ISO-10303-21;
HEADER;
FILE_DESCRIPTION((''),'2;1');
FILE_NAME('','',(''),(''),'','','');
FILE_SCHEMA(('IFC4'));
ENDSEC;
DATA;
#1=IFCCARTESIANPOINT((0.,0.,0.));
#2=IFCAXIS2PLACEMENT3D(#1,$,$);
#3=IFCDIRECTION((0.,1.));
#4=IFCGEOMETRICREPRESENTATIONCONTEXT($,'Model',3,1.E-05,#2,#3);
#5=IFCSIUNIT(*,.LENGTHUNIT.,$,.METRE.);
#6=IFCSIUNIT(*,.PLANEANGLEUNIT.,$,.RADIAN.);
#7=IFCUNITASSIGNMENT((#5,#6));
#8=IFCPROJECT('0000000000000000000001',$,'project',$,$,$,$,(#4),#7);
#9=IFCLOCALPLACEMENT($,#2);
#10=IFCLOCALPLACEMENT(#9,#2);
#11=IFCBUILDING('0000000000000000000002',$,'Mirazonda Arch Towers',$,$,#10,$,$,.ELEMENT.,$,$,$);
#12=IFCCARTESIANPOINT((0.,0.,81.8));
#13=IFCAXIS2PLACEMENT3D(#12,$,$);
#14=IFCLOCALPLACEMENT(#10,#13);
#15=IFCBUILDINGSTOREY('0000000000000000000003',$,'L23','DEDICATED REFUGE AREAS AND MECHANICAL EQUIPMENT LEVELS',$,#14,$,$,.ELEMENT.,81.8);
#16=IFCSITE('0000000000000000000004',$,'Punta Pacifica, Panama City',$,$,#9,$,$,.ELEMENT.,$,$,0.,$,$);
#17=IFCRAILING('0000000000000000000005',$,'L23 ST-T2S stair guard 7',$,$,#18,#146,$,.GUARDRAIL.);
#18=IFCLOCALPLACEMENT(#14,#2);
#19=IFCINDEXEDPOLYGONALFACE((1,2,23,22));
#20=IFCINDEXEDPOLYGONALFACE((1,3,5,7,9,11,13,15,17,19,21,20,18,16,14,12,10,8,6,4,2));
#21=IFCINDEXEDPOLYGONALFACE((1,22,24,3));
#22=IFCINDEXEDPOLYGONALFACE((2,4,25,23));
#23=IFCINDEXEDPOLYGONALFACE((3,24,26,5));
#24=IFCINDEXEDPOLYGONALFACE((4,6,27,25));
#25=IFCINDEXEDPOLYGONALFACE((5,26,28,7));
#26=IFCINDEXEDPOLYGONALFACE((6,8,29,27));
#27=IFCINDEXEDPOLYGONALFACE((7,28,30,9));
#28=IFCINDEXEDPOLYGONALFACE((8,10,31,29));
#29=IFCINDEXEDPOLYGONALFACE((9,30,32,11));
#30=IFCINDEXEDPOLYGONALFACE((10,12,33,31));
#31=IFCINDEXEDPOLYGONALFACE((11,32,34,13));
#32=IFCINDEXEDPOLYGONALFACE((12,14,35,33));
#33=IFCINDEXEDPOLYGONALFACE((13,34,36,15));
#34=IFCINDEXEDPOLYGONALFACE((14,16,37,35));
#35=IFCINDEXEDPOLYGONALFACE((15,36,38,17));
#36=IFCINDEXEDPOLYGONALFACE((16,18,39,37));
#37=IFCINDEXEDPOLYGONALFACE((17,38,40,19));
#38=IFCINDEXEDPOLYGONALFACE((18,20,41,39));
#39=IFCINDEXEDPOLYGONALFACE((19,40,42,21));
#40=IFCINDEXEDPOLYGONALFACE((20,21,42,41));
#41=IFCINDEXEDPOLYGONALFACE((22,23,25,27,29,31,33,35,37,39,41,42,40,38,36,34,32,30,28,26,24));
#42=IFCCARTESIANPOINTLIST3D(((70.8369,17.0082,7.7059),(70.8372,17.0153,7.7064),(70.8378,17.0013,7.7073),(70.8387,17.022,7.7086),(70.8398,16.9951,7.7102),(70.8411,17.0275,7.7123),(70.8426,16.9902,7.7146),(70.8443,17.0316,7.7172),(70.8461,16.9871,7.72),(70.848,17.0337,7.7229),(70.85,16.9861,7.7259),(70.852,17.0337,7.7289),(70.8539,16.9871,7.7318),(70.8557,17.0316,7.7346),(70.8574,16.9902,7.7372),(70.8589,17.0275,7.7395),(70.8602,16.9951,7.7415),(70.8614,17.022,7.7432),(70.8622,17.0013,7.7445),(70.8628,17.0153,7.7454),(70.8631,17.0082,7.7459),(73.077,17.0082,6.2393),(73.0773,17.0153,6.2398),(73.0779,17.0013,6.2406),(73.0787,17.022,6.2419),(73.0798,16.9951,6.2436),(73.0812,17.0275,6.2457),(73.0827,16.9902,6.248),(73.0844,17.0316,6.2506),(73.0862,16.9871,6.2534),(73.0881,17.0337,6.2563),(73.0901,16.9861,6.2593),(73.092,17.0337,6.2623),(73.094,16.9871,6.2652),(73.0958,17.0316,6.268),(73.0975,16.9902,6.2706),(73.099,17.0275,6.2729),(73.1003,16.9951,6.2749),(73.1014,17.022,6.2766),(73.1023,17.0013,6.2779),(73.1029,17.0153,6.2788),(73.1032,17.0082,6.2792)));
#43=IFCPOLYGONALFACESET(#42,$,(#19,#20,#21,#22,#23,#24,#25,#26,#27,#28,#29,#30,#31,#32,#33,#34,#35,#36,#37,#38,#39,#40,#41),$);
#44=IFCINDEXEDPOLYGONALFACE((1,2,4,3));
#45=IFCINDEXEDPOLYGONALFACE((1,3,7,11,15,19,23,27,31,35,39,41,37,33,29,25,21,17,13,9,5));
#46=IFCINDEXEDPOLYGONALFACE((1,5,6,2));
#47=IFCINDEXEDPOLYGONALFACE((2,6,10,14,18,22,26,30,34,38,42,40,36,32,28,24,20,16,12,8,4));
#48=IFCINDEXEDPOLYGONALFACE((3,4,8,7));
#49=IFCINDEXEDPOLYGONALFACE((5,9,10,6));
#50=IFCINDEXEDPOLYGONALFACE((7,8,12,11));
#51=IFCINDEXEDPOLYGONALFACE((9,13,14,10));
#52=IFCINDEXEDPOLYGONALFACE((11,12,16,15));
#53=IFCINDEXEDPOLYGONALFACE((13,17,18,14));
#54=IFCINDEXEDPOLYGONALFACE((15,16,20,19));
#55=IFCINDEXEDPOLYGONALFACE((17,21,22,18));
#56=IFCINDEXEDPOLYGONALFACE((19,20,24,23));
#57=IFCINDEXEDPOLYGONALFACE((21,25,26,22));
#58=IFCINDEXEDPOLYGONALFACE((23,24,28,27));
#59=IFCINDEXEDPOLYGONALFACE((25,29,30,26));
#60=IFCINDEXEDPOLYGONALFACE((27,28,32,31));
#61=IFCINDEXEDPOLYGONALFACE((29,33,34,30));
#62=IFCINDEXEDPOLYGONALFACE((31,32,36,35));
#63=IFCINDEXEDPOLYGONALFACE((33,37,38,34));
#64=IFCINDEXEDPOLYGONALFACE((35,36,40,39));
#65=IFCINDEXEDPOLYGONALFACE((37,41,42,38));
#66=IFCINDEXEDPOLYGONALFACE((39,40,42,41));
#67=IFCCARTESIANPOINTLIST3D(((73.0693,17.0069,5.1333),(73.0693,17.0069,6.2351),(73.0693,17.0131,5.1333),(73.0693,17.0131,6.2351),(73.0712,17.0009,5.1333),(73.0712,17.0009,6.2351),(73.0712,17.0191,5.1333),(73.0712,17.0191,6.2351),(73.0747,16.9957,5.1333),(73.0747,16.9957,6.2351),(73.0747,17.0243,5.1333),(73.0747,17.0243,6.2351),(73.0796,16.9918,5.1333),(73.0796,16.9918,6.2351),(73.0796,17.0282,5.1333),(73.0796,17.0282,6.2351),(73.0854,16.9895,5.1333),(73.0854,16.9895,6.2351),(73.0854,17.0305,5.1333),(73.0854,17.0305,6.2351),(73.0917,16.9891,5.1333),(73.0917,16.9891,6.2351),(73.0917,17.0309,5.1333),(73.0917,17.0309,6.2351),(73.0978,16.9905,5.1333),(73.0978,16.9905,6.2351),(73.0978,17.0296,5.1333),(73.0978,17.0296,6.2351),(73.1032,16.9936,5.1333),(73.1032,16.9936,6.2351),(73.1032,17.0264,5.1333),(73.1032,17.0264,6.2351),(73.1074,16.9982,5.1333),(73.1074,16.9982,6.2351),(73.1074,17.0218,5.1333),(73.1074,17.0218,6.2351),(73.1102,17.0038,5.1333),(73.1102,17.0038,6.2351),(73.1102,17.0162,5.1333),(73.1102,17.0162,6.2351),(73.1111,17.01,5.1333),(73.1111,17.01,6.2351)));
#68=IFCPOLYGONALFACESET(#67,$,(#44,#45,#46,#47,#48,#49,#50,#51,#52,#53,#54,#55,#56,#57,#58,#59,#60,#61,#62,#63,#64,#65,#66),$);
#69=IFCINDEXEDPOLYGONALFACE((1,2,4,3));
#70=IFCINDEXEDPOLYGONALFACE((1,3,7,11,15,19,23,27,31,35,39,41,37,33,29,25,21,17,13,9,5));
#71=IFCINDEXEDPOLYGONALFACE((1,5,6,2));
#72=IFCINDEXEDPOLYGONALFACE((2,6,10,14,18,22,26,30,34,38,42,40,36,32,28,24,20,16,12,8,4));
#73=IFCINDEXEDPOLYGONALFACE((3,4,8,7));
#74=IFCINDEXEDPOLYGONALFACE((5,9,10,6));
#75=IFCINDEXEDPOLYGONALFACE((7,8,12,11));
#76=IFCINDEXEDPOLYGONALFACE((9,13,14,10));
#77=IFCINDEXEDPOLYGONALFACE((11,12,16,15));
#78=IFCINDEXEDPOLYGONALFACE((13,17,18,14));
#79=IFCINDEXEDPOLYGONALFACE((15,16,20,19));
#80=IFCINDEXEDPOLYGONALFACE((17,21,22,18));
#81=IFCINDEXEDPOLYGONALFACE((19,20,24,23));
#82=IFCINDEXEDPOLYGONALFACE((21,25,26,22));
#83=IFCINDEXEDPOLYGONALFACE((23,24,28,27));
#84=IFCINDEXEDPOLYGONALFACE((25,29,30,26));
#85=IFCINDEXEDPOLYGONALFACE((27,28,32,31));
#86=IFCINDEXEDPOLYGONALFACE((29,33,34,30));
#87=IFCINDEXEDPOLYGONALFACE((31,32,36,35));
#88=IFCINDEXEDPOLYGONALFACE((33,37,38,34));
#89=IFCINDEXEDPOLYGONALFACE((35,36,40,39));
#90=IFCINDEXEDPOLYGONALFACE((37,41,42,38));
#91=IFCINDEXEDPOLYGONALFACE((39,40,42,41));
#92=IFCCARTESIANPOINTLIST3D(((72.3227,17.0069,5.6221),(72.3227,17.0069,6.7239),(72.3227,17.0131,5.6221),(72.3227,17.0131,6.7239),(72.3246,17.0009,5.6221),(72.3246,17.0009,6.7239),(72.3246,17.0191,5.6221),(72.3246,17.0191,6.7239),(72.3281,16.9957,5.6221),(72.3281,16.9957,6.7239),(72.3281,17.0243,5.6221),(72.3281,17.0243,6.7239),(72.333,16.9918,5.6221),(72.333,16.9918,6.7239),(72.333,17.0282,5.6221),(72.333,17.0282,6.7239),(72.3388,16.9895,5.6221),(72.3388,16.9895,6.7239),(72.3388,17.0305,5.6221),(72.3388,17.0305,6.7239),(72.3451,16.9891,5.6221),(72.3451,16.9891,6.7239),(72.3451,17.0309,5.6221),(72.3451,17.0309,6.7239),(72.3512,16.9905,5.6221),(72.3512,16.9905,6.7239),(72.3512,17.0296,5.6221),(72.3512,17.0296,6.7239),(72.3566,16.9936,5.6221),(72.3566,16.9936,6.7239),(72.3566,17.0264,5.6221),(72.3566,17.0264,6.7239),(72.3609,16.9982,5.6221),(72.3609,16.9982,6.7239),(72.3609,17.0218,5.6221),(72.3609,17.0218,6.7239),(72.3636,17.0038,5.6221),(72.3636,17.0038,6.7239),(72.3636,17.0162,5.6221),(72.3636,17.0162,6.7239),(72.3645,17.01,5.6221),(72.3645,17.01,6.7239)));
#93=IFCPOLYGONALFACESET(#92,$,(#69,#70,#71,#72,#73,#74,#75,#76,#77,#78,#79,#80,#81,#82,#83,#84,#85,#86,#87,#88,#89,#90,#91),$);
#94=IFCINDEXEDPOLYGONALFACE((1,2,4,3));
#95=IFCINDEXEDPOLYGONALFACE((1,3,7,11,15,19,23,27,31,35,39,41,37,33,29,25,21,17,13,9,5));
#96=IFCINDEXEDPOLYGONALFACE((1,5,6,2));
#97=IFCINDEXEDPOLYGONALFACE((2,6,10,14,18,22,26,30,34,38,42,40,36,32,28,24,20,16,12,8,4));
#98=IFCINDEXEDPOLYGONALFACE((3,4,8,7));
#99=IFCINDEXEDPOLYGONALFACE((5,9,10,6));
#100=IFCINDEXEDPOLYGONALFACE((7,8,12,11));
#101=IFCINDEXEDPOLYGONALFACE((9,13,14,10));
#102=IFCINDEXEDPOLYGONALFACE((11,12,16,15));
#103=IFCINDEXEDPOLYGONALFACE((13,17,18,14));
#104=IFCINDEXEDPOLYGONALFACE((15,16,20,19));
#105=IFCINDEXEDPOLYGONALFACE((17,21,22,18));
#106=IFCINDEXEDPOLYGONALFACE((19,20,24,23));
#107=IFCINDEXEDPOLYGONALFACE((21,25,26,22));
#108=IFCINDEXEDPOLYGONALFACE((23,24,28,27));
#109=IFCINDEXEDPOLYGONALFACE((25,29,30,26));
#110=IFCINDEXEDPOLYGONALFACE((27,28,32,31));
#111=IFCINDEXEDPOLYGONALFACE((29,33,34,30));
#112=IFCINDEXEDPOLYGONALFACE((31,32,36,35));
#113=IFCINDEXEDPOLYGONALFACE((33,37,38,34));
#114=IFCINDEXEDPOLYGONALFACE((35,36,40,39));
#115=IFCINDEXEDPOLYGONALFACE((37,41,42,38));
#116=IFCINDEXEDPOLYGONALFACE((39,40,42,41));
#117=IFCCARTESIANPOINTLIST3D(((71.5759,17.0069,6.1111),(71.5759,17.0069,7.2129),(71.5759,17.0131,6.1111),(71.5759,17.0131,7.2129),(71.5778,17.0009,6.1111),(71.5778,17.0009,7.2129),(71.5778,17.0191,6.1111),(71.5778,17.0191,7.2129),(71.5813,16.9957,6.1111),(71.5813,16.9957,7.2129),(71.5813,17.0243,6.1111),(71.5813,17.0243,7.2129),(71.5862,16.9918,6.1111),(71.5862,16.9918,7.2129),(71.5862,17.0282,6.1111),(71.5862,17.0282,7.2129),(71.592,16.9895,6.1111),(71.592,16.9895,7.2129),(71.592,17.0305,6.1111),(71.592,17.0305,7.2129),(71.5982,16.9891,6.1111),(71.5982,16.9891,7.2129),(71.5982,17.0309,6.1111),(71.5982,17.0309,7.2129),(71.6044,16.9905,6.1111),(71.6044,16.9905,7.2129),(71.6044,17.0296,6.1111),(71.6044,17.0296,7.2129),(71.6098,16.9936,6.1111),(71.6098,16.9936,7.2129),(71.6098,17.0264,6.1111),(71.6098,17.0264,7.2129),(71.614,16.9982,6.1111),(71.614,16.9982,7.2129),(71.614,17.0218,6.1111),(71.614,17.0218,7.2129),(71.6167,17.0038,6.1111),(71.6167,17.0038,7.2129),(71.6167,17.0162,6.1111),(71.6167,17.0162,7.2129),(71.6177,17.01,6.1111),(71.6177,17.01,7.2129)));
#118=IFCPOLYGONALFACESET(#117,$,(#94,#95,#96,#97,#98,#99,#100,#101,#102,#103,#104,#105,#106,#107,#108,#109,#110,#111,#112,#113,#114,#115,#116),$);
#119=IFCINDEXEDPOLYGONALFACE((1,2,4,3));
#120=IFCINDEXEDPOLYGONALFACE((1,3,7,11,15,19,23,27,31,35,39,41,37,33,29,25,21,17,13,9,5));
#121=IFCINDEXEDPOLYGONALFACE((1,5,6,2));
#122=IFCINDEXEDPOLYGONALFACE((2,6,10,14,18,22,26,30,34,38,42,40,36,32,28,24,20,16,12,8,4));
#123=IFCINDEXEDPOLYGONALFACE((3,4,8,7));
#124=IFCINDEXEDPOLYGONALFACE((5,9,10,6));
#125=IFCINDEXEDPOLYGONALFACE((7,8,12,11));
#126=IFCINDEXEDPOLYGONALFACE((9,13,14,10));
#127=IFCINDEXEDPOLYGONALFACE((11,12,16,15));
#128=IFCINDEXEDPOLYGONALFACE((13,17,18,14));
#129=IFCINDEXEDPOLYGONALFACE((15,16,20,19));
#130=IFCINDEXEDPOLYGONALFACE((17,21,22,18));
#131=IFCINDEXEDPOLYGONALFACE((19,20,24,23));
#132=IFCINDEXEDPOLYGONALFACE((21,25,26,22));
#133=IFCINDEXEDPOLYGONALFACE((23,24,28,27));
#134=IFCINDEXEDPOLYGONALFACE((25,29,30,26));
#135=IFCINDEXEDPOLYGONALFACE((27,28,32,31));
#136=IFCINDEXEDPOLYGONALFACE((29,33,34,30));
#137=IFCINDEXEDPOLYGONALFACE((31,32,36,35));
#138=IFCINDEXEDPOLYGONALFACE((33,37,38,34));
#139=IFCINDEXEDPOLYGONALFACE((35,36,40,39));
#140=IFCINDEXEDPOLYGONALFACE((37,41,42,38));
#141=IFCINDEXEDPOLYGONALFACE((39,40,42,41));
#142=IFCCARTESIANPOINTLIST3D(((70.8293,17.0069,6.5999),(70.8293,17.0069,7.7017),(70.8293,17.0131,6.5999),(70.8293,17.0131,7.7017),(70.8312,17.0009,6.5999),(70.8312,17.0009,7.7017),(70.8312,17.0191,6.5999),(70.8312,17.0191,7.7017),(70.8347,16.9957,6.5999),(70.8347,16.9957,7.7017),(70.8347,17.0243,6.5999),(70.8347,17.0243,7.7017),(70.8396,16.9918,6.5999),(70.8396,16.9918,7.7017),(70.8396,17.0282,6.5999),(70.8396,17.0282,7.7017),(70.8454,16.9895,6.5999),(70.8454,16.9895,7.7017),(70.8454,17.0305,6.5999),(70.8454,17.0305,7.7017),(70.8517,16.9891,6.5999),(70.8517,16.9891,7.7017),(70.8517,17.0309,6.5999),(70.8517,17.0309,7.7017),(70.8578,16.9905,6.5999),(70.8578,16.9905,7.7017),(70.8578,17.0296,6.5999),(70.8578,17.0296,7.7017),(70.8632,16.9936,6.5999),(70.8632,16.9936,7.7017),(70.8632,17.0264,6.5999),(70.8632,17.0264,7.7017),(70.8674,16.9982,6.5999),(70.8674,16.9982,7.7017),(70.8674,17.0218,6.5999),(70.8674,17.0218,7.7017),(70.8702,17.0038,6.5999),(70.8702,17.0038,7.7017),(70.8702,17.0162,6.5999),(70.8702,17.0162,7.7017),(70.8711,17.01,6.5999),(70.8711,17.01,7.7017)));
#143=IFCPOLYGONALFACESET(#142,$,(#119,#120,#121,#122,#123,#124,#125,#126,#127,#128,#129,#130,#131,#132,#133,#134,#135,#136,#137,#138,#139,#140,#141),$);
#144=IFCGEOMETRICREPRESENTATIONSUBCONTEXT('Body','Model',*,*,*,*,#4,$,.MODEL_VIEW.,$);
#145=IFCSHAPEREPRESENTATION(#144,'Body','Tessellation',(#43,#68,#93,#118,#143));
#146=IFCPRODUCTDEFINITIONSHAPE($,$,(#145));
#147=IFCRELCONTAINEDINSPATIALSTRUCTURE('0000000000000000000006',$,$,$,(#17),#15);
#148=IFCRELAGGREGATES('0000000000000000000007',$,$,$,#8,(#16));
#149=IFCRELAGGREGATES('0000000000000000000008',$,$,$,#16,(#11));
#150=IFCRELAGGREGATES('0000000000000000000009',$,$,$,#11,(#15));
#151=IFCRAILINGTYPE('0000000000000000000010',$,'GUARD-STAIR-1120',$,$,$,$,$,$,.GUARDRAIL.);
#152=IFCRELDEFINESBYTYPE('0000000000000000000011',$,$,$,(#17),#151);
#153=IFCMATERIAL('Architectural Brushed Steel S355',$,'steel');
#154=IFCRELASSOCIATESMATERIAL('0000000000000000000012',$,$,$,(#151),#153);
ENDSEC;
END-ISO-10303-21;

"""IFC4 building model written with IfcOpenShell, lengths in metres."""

from ifc_helpers import new_model, si_unit, direction, frame, origin, origin_2d, place, context, subcontext, project, spatial, circle, extrude, material, type_object, element, save


model = new_model("IFC4")

# Units and contexts
model_context = context("Model", 3, precision=1e-05, world=origin(), true_north=direction((0.0, 1.0)))
body_context = subcontext(model_context, "Body", "Model", "MODEL_VIEW")
ifc_project = project(units=[si_unit("LENGTHUNIT", "METRE"), si_unit("PLANEANGLEUNIT", "RADIAN")], contexts=[model_context])

# Site, building, storey
site_placement = place(None, origin())
site = spatial("IfcSite", under=ifc_project, at=site_placement, Name="Punta Pacifica, Panama City", CompositionType="ELEMENT", RefElevation=0.0)
building_placement = place(site_placement, origin())
building = spatial("IfcBuilding", under=site, at=building_placement, Name="Mirazonda Arch Towers", CompositionType="ELEMENT")
storey_placement = place(building_placement, frame((0.0, 0.0, 81.8)))
storey = spatial("IfcBuildingStorey", under=building, at=storey_placement, Name="L23", Description="DEDICATED REFUGE AREAS AND MECHANICAL EQUIPMENT LEVELS", CompositionType="ELEMENT", Elevation=81.8)

# Shared definitions
ifc_material_1 = material(Name="Architectural Brushed Steel S355", Category="steel")

# Railing
railing_type_1 = type_object("IfcRailingType", Name="GUARD-STAIR-1120", PredefinedType="GUARDRAIL", material=ifc_material_1)
railing_1_placement = place(storey_placement, frame((73.0901, 17.01, 5.1333)))
element("IfcRailing", 1, at=railing_1_placement, inside=storey, type_object=railing_type_1, Name="L23 ST-T2S stair guard 7", PredefinedType="GUARDRAIL", context=body_context, shape_type="SweptSolid", body=[
    extrude(circle(Radius=0.0239, at=origin_2d()), frame((0.0, 0.0, 1.126), z_axis=(-0.836637, 0.0, 0.547758), x_axis=(0.0, -1.0, 0.0)), (0.0, 0.0, 1.0), 2.6775),
    extrude(circle(Radius=0.021, at=origin_2d()), origin(), (0.0, 0.0, 1.0), 1.1018),
    extrude(circle(Radius=0.021, at=origin_2d()), frame((-0.7466, 0.0, 0.4888)), (0.0, 0.0, 1.0), 1.1018),
    extrude(circle(Radius=0.021, at=origin_2d()), frame((-1.4934, 0.0, 0.9778)), (0.0, 0.0, 1.0), 1.1018),
    extrude(circle(Radius=0.021, at=origin_2d()), frame((-2.24, 0.0, 1.4666)), (0.0, 0.0, 1.0), 1.1018),
])

save(model, "model.ifc")
